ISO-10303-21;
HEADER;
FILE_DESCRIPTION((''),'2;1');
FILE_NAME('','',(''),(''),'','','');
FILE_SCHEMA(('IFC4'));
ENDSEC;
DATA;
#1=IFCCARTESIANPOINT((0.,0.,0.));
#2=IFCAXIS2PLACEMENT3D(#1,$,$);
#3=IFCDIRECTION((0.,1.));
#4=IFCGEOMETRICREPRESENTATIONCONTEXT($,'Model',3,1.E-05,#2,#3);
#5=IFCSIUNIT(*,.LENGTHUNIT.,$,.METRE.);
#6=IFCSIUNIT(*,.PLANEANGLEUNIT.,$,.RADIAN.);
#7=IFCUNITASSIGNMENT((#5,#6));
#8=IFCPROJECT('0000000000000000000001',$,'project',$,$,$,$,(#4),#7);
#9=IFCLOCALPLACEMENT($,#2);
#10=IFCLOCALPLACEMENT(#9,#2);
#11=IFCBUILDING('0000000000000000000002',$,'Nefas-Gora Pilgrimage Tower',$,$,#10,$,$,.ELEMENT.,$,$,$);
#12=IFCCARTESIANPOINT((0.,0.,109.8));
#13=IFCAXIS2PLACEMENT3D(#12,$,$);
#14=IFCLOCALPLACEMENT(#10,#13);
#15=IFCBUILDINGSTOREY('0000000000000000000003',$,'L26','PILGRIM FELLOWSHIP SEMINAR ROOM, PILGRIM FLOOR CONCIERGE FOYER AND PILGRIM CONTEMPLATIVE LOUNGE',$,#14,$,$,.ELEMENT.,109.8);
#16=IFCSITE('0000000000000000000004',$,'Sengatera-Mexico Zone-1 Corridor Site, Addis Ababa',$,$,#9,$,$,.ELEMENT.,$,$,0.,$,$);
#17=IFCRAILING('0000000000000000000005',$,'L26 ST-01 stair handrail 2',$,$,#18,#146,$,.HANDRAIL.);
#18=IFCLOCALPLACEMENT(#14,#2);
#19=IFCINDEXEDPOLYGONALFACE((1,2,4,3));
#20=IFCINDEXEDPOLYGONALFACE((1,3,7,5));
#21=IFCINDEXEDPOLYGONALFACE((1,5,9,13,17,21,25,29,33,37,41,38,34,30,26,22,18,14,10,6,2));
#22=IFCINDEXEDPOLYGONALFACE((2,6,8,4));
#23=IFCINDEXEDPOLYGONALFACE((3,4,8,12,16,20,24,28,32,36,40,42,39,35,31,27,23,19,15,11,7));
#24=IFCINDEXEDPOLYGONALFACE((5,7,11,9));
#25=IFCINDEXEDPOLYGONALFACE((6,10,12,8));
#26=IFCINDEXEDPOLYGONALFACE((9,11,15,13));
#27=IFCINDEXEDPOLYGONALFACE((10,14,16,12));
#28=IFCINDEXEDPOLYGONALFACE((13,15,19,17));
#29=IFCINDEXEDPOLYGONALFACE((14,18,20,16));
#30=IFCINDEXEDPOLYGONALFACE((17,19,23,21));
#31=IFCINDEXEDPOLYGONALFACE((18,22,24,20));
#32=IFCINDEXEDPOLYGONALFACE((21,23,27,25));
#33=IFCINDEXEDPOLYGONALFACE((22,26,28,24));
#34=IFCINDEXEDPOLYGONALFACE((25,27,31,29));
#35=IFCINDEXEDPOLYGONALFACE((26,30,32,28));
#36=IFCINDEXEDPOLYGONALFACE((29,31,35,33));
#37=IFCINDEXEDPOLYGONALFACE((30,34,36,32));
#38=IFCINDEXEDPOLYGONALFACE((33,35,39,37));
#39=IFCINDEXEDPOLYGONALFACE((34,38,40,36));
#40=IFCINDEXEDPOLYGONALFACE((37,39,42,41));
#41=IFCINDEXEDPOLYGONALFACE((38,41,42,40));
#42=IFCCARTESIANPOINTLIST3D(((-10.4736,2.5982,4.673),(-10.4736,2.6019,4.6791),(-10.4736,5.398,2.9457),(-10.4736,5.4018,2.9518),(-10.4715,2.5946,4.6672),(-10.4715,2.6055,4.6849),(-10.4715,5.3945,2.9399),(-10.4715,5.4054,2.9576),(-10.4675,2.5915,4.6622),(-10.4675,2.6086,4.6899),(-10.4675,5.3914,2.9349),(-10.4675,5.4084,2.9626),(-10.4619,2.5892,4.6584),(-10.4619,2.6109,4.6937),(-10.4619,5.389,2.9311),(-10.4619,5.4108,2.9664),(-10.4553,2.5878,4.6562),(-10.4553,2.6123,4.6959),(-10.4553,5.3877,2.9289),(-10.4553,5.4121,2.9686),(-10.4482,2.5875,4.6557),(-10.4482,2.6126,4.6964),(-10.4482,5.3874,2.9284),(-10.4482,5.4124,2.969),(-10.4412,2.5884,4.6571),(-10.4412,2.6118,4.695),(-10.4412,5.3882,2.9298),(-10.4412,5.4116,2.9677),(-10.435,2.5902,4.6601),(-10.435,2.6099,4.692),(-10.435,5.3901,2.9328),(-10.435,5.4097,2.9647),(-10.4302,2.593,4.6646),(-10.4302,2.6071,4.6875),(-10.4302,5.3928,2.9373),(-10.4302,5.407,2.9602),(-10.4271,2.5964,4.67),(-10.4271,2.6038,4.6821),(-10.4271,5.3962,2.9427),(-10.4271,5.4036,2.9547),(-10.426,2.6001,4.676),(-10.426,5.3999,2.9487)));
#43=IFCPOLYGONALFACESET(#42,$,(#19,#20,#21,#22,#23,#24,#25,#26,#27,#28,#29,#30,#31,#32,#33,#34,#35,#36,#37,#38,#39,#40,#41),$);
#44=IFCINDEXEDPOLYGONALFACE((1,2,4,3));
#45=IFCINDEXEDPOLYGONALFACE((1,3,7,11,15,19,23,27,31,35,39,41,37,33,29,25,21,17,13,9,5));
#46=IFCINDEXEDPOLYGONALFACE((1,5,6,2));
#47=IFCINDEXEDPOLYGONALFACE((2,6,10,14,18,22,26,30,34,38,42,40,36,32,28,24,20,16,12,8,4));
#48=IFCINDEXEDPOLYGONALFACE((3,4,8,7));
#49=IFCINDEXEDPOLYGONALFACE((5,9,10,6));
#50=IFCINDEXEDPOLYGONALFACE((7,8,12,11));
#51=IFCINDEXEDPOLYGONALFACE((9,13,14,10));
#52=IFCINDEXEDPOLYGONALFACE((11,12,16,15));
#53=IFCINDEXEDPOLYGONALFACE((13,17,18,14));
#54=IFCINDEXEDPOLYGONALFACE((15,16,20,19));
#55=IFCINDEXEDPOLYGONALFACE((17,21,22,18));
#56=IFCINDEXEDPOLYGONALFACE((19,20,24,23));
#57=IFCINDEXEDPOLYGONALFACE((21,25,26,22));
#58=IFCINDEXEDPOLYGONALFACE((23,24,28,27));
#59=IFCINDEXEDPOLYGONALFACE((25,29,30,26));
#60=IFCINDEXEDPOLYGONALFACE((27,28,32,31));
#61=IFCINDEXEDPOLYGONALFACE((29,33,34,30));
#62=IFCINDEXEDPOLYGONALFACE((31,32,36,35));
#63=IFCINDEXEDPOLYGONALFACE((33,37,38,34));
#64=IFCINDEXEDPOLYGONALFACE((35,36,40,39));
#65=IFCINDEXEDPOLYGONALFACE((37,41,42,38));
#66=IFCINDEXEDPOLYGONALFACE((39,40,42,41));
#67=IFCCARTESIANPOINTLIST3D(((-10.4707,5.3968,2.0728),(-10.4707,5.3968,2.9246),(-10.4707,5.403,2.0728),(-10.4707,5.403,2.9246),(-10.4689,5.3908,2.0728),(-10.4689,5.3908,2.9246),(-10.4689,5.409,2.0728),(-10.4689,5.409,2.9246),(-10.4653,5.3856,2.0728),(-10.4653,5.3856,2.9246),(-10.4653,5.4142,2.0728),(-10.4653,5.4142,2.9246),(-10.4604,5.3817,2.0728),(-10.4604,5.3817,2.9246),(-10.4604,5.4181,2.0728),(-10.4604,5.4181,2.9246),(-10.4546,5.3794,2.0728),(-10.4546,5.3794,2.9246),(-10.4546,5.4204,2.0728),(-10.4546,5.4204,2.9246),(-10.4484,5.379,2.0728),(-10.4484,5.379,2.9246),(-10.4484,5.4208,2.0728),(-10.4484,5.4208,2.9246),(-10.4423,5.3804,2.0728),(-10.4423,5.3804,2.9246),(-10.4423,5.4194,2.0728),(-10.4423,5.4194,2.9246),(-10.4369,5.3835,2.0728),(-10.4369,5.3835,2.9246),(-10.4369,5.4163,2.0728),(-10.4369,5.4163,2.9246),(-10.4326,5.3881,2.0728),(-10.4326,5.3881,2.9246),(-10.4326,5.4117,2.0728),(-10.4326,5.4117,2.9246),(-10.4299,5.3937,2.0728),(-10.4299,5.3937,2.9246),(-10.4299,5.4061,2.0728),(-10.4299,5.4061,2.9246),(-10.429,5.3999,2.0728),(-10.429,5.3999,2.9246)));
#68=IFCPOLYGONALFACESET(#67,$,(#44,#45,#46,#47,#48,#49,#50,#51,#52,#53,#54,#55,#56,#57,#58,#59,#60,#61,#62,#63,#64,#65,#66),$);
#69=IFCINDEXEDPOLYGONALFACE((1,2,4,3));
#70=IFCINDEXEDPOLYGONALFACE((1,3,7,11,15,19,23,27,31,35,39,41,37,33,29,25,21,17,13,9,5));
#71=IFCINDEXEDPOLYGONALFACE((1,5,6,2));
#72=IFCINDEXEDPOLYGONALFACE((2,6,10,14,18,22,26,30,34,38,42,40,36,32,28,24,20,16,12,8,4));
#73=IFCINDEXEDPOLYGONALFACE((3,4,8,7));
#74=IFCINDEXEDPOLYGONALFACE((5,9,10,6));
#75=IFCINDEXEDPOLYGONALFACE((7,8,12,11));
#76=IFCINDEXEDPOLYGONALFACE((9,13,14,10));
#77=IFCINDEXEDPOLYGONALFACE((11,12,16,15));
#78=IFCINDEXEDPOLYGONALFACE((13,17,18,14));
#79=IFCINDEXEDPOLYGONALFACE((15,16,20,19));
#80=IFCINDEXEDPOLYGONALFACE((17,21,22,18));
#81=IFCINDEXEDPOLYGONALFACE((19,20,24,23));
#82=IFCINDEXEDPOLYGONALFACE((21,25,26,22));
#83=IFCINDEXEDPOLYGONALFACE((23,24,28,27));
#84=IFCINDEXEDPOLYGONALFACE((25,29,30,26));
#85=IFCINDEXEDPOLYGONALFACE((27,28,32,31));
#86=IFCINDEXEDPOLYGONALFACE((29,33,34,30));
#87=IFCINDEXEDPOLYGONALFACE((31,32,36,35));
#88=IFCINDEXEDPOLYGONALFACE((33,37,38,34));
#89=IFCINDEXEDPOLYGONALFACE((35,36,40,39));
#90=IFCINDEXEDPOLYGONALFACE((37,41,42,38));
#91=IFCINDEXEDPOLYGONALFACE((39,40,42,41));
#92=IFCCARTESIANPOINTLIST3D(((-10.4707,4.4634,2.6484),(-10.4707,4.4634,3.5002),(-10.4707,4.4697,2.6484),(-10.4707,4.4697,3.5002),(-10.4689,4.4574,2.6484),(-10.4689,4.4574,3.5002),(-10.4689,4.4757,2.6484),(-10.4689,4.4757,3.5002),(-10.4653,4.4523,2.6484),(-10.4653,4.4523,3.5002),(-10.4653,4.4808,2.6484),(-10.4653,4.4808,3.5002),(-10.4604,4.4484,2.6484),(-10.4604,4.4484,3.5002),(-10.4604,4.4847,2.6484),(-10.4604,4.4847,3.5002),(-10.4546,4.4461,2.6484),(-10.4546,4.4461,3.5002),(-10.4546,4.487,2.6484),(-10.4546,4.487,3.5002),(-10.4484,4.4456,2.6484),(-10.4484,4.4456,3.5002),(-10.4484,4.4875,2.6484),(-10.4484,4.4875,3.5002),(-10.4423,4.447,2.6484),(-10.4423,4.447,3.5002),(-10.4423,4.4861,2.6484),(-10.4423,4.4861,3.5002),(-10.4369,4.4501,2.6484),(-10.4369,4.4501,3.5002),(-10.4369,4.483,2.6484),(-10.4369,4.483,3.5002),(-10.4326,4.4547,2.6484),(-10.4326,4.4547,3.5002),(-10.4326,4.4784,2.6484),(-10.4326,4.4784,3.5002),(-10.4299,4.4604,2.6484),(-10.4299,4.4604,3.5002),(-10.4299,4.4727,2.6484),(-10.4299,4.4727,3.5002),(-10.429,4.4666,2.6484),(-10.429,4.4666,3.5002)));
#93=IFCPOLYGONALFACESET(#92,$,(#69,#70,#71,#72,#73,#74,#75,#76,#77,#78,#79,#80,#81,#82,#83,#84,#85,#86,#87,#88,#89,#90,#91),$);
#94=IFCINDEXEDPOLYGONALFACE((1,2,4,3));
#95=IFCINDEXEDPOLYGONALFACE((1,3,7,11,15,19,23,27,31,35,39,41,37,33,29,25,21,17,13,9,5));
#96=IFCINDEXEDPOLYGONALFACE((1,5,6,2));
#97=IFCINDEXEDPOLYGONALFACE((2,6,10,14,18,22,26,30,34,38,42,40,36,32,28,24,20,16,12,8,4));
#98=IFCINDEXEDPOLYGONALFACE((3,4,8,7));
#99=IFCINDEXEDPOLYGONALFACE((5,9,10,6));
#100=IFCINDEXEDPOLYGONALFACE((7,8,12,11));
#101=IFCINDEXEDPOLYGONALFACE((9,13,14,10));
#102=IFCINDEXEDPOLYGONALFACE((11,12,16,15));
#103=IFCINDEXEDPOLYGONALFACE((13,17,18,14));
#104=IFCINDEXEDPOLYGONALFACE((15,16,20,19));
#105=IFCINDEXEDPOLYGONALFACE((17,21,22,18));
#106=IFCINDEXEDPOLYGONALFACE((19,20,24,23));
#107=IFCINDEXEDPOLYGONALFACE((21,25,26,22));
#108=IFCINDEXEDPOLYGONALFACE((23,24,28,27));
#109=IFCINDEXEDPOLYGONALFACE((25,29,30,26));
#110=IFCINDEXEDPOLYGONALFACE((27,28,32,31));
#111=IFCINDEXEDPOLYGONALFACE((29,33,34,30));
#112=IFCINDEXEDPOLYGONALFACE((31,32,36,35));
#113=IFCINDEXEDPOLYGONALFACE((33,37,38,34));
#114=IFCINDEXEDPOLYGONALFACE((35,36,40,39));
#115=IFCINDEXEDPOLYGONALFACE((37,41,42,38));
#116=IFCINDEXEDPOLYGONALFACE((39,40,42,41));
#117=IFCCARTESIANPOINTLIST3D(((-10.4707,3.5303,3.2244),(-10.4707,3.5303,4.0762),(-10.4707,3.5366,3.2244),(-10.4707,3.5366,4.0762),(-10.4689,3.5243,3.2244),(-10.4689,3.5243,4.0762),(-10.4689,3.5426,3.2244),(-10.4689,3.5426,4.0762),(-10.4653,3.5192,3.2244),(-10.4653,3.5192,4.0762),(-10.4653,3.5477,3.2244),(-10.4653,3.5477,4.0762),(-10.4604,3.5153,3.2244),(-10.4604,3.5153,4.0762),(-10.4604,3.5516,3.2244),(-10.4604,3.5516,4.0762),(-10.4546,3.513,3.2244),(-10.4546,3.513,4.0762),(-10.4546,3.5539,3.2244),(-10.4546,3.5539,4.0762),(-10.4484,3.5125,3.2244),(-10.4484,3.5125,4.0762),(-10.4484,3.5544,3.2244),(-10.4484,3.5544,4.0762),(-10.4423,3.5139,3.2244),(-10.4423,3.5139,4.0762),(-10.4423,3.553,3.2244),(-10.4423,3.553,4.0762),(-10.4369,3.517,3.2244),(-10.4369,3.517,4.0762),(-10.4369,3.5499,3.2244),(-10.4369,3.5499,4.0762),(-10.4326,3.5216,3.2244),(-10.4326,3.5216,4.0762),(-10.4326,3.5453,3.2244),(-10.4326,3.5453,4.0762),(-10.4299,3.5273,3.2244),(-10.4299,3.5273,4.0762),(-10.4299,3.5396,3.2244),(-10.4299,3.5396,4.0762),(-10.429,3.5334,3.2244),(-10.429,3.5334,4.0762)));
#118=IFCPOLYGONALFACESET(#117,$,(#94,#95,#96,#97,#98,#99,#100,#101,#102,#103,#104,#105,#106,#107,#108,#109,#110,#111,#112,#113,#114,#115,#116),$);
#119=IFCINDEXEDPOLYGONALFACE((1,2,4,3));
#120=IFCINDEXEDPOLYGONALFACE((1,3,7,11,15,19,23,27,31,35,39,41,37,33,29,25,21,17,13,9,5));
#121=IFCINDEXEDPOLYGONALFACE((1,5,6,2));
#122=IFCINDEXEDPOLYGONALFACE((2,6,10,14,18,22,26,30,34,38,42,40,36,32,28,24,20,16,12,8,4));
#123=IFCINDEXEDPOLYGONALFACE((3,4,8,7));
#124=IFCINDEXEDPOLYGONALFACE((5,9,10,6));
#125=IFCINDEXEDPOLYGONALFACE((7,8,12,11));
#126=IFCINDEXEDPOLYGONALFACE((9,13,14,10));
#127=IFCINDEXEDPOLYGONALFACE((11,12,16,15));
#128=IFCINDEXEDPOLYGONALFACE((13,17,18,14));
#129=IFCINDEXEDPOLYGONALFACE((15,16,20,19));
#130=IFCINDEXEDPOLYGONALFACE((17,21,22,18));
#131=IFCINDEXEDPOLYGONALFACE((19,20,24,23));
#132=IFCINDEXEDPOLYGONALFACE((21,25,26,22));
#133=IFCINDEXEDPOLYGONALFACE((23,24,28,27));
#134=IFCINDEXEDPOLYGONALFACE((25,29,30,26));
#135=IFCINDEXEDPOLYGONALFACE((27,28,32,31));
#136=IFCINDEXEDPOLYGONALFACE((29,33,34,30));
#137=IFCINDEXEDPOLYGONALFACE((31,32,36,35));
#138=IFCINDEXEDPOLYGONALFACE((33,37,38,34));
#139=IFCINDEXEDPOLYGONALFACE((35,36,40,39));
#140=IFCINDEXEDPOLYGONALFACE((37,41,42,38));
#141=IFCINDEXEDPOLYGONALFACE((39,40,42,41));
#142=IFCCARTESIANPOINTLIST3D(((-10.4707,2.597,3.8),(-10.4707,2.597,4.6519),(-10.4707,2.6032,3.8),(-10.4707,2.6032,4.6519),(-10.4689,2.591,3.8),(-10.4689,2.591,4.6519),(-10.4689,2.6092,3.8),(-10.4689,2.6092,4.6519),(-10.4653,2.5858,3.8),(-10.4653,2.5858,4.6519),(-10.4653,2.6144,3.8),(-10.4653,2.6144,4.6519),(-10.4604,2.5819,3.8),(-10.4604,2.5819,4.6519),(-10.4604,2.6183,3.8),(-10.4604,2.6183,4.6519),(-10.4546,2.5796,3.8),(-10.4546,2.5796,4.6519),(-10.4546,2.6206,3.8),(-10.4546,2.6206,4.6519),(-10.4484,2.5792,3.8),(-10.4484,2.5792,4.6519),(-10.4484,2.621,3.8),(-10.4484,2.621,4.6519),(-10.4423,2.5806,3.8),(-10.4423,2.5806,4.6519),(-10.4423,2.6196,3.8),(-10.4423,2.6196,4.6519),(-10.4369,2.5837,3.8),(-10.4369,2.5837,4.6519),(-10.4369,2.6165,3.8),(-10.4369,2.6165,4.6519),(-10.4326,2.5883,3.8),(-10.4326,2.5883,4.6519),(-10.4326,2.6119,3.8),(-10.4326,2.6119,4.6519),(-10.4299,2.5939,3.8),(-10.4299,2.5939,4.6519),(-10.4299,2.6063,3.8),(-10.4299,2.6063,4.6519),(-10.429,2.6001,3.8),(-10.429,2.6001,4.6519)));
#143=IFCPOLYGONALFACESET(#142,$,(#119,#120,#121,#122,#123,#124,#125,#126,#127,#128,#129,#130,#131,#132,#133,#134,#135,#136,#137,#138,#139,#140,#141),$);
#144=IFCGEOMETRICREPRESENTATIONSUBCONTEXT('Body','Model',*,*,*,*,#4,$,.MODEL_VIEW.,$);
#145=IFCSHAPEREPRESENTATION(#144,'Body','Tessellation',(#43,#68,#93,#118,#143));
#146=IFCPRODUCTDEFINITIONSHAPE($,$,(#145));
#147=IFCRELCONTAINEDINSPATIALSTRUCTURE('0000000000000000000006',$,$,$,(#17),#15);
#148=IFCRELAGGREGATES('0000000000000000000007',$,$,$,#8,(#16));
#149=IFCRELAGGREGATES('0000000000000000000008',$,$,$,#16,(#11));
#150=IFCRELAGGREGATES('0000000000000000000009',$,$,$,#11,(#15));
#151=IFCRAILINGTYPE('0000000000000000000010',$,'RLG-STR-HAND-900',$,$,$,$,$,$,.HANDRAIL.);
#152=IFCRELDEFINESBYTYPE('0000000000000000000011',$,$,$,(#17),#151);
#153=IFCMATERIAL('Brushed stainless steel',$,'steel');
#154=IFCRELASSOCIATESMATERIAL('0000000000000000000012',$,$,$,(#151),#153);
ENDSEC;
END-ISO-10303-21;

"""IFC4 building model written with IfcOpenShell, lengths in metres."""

from ifc_helpers import new_model, si_unit, direction, frame, origin, origin_2d, place, context, subcontext, project, spatial, circle, extrude, material, type_object, element, save


model = new_model("IFC4")

# Units and contexts
model_context = context("Model", 3, precision=1e-05, world=origin(), true_north=direction((0.0, 1.0)))
body_context = subcontext(model_context, "Body", "Model", "MODEL_VIEW")
ifc_project = project(units=[si_unit("LENGTHUNIT", "METRE"), si_unit("PLANEANGLEUNIT", "RADIAN")], contexts=[model_context])

# Site, building, storey
site_placement = place(None, origin())
site = spatial("IfcSite", under=ifc_project, at=site_placement, Name="Sengatera-Mexico Zone-1 Corridor Site, Addis Ababa", CompositionType="ELEMENT", RefElevation=0.0)
building_placement = place(site_placement, origin())
building = spatial("IfcBuilding", under=site, at=building_placement, Name="Nefas-Gora Pilgrimage Tower", CompositionType="ELEMENT")
storey_placement = place(building_placement, frame((0.0, 0.0, 109.8)))
storey = spatial("IfcBuildingStorey", under=building, at=storey_placement, Name="L26", Description="PILGRIM FELLOWSHIP SEMINAR ROOM, PILGRIM FLOOR CONCIERGE FOYER AND PILGRIM CONTEMPLATIVE LOUNGE", CompositionType="ELEMENT", Elevation=109.8)

# Railing
ifc_material_1 = material(Name="Brushed stainless steel", Category="steel")
railing_type_1 = type_object("IfcRailingType", Name="RLG-STR-HAND-900", PredefinedType="HANDRAIL", material=ifc_material_1)
railing_1_placement = place(storey_placement, frame((-10.45, 5.3999, 2.0728)))
element("IfcRailing", 1, at=railing_1_placement, inside=storey, type_object=railing_type_1, Name="L26 ST-01 stair handrail 2", PredefinedType="HANDRAIL", context=body_context, shape_type="SweptSolid", body=[
    extrude(circle(Radius=0.0239, at=origin_2d()), frame((0.0, 0.0, 0.876), z_axis=(0.0, -0.851069, 0.525054), x_axis=(1.0, 0.0, 0.0)), (0.0, 0.0, 1.0), 3.2898),
    extrude(circle(Radius=0.021, at=origin_2d()), origin(), (0.0, 0.0, 1.0), 0.8518),
    extrude(circle(Radius=0.021, at=origin_2d()), frame((0.0, -0.9333, 0.5757)), (0.0, 0.0, 1.0), 0.8518),
    extrude(circle(Radius=0.021, at=origin_2d()), frame((0.0, -1.8665, 1.1516)), (0.0, 0.0, 1.0), 0.8518),
    extrude(circle(Radius=0.021, at=origin_2d()), frame((0.0, -2.7998, 1.7273)), (0.0, 0.0, 1.0), 0.8518),
])

save(model, "model.ifc")
